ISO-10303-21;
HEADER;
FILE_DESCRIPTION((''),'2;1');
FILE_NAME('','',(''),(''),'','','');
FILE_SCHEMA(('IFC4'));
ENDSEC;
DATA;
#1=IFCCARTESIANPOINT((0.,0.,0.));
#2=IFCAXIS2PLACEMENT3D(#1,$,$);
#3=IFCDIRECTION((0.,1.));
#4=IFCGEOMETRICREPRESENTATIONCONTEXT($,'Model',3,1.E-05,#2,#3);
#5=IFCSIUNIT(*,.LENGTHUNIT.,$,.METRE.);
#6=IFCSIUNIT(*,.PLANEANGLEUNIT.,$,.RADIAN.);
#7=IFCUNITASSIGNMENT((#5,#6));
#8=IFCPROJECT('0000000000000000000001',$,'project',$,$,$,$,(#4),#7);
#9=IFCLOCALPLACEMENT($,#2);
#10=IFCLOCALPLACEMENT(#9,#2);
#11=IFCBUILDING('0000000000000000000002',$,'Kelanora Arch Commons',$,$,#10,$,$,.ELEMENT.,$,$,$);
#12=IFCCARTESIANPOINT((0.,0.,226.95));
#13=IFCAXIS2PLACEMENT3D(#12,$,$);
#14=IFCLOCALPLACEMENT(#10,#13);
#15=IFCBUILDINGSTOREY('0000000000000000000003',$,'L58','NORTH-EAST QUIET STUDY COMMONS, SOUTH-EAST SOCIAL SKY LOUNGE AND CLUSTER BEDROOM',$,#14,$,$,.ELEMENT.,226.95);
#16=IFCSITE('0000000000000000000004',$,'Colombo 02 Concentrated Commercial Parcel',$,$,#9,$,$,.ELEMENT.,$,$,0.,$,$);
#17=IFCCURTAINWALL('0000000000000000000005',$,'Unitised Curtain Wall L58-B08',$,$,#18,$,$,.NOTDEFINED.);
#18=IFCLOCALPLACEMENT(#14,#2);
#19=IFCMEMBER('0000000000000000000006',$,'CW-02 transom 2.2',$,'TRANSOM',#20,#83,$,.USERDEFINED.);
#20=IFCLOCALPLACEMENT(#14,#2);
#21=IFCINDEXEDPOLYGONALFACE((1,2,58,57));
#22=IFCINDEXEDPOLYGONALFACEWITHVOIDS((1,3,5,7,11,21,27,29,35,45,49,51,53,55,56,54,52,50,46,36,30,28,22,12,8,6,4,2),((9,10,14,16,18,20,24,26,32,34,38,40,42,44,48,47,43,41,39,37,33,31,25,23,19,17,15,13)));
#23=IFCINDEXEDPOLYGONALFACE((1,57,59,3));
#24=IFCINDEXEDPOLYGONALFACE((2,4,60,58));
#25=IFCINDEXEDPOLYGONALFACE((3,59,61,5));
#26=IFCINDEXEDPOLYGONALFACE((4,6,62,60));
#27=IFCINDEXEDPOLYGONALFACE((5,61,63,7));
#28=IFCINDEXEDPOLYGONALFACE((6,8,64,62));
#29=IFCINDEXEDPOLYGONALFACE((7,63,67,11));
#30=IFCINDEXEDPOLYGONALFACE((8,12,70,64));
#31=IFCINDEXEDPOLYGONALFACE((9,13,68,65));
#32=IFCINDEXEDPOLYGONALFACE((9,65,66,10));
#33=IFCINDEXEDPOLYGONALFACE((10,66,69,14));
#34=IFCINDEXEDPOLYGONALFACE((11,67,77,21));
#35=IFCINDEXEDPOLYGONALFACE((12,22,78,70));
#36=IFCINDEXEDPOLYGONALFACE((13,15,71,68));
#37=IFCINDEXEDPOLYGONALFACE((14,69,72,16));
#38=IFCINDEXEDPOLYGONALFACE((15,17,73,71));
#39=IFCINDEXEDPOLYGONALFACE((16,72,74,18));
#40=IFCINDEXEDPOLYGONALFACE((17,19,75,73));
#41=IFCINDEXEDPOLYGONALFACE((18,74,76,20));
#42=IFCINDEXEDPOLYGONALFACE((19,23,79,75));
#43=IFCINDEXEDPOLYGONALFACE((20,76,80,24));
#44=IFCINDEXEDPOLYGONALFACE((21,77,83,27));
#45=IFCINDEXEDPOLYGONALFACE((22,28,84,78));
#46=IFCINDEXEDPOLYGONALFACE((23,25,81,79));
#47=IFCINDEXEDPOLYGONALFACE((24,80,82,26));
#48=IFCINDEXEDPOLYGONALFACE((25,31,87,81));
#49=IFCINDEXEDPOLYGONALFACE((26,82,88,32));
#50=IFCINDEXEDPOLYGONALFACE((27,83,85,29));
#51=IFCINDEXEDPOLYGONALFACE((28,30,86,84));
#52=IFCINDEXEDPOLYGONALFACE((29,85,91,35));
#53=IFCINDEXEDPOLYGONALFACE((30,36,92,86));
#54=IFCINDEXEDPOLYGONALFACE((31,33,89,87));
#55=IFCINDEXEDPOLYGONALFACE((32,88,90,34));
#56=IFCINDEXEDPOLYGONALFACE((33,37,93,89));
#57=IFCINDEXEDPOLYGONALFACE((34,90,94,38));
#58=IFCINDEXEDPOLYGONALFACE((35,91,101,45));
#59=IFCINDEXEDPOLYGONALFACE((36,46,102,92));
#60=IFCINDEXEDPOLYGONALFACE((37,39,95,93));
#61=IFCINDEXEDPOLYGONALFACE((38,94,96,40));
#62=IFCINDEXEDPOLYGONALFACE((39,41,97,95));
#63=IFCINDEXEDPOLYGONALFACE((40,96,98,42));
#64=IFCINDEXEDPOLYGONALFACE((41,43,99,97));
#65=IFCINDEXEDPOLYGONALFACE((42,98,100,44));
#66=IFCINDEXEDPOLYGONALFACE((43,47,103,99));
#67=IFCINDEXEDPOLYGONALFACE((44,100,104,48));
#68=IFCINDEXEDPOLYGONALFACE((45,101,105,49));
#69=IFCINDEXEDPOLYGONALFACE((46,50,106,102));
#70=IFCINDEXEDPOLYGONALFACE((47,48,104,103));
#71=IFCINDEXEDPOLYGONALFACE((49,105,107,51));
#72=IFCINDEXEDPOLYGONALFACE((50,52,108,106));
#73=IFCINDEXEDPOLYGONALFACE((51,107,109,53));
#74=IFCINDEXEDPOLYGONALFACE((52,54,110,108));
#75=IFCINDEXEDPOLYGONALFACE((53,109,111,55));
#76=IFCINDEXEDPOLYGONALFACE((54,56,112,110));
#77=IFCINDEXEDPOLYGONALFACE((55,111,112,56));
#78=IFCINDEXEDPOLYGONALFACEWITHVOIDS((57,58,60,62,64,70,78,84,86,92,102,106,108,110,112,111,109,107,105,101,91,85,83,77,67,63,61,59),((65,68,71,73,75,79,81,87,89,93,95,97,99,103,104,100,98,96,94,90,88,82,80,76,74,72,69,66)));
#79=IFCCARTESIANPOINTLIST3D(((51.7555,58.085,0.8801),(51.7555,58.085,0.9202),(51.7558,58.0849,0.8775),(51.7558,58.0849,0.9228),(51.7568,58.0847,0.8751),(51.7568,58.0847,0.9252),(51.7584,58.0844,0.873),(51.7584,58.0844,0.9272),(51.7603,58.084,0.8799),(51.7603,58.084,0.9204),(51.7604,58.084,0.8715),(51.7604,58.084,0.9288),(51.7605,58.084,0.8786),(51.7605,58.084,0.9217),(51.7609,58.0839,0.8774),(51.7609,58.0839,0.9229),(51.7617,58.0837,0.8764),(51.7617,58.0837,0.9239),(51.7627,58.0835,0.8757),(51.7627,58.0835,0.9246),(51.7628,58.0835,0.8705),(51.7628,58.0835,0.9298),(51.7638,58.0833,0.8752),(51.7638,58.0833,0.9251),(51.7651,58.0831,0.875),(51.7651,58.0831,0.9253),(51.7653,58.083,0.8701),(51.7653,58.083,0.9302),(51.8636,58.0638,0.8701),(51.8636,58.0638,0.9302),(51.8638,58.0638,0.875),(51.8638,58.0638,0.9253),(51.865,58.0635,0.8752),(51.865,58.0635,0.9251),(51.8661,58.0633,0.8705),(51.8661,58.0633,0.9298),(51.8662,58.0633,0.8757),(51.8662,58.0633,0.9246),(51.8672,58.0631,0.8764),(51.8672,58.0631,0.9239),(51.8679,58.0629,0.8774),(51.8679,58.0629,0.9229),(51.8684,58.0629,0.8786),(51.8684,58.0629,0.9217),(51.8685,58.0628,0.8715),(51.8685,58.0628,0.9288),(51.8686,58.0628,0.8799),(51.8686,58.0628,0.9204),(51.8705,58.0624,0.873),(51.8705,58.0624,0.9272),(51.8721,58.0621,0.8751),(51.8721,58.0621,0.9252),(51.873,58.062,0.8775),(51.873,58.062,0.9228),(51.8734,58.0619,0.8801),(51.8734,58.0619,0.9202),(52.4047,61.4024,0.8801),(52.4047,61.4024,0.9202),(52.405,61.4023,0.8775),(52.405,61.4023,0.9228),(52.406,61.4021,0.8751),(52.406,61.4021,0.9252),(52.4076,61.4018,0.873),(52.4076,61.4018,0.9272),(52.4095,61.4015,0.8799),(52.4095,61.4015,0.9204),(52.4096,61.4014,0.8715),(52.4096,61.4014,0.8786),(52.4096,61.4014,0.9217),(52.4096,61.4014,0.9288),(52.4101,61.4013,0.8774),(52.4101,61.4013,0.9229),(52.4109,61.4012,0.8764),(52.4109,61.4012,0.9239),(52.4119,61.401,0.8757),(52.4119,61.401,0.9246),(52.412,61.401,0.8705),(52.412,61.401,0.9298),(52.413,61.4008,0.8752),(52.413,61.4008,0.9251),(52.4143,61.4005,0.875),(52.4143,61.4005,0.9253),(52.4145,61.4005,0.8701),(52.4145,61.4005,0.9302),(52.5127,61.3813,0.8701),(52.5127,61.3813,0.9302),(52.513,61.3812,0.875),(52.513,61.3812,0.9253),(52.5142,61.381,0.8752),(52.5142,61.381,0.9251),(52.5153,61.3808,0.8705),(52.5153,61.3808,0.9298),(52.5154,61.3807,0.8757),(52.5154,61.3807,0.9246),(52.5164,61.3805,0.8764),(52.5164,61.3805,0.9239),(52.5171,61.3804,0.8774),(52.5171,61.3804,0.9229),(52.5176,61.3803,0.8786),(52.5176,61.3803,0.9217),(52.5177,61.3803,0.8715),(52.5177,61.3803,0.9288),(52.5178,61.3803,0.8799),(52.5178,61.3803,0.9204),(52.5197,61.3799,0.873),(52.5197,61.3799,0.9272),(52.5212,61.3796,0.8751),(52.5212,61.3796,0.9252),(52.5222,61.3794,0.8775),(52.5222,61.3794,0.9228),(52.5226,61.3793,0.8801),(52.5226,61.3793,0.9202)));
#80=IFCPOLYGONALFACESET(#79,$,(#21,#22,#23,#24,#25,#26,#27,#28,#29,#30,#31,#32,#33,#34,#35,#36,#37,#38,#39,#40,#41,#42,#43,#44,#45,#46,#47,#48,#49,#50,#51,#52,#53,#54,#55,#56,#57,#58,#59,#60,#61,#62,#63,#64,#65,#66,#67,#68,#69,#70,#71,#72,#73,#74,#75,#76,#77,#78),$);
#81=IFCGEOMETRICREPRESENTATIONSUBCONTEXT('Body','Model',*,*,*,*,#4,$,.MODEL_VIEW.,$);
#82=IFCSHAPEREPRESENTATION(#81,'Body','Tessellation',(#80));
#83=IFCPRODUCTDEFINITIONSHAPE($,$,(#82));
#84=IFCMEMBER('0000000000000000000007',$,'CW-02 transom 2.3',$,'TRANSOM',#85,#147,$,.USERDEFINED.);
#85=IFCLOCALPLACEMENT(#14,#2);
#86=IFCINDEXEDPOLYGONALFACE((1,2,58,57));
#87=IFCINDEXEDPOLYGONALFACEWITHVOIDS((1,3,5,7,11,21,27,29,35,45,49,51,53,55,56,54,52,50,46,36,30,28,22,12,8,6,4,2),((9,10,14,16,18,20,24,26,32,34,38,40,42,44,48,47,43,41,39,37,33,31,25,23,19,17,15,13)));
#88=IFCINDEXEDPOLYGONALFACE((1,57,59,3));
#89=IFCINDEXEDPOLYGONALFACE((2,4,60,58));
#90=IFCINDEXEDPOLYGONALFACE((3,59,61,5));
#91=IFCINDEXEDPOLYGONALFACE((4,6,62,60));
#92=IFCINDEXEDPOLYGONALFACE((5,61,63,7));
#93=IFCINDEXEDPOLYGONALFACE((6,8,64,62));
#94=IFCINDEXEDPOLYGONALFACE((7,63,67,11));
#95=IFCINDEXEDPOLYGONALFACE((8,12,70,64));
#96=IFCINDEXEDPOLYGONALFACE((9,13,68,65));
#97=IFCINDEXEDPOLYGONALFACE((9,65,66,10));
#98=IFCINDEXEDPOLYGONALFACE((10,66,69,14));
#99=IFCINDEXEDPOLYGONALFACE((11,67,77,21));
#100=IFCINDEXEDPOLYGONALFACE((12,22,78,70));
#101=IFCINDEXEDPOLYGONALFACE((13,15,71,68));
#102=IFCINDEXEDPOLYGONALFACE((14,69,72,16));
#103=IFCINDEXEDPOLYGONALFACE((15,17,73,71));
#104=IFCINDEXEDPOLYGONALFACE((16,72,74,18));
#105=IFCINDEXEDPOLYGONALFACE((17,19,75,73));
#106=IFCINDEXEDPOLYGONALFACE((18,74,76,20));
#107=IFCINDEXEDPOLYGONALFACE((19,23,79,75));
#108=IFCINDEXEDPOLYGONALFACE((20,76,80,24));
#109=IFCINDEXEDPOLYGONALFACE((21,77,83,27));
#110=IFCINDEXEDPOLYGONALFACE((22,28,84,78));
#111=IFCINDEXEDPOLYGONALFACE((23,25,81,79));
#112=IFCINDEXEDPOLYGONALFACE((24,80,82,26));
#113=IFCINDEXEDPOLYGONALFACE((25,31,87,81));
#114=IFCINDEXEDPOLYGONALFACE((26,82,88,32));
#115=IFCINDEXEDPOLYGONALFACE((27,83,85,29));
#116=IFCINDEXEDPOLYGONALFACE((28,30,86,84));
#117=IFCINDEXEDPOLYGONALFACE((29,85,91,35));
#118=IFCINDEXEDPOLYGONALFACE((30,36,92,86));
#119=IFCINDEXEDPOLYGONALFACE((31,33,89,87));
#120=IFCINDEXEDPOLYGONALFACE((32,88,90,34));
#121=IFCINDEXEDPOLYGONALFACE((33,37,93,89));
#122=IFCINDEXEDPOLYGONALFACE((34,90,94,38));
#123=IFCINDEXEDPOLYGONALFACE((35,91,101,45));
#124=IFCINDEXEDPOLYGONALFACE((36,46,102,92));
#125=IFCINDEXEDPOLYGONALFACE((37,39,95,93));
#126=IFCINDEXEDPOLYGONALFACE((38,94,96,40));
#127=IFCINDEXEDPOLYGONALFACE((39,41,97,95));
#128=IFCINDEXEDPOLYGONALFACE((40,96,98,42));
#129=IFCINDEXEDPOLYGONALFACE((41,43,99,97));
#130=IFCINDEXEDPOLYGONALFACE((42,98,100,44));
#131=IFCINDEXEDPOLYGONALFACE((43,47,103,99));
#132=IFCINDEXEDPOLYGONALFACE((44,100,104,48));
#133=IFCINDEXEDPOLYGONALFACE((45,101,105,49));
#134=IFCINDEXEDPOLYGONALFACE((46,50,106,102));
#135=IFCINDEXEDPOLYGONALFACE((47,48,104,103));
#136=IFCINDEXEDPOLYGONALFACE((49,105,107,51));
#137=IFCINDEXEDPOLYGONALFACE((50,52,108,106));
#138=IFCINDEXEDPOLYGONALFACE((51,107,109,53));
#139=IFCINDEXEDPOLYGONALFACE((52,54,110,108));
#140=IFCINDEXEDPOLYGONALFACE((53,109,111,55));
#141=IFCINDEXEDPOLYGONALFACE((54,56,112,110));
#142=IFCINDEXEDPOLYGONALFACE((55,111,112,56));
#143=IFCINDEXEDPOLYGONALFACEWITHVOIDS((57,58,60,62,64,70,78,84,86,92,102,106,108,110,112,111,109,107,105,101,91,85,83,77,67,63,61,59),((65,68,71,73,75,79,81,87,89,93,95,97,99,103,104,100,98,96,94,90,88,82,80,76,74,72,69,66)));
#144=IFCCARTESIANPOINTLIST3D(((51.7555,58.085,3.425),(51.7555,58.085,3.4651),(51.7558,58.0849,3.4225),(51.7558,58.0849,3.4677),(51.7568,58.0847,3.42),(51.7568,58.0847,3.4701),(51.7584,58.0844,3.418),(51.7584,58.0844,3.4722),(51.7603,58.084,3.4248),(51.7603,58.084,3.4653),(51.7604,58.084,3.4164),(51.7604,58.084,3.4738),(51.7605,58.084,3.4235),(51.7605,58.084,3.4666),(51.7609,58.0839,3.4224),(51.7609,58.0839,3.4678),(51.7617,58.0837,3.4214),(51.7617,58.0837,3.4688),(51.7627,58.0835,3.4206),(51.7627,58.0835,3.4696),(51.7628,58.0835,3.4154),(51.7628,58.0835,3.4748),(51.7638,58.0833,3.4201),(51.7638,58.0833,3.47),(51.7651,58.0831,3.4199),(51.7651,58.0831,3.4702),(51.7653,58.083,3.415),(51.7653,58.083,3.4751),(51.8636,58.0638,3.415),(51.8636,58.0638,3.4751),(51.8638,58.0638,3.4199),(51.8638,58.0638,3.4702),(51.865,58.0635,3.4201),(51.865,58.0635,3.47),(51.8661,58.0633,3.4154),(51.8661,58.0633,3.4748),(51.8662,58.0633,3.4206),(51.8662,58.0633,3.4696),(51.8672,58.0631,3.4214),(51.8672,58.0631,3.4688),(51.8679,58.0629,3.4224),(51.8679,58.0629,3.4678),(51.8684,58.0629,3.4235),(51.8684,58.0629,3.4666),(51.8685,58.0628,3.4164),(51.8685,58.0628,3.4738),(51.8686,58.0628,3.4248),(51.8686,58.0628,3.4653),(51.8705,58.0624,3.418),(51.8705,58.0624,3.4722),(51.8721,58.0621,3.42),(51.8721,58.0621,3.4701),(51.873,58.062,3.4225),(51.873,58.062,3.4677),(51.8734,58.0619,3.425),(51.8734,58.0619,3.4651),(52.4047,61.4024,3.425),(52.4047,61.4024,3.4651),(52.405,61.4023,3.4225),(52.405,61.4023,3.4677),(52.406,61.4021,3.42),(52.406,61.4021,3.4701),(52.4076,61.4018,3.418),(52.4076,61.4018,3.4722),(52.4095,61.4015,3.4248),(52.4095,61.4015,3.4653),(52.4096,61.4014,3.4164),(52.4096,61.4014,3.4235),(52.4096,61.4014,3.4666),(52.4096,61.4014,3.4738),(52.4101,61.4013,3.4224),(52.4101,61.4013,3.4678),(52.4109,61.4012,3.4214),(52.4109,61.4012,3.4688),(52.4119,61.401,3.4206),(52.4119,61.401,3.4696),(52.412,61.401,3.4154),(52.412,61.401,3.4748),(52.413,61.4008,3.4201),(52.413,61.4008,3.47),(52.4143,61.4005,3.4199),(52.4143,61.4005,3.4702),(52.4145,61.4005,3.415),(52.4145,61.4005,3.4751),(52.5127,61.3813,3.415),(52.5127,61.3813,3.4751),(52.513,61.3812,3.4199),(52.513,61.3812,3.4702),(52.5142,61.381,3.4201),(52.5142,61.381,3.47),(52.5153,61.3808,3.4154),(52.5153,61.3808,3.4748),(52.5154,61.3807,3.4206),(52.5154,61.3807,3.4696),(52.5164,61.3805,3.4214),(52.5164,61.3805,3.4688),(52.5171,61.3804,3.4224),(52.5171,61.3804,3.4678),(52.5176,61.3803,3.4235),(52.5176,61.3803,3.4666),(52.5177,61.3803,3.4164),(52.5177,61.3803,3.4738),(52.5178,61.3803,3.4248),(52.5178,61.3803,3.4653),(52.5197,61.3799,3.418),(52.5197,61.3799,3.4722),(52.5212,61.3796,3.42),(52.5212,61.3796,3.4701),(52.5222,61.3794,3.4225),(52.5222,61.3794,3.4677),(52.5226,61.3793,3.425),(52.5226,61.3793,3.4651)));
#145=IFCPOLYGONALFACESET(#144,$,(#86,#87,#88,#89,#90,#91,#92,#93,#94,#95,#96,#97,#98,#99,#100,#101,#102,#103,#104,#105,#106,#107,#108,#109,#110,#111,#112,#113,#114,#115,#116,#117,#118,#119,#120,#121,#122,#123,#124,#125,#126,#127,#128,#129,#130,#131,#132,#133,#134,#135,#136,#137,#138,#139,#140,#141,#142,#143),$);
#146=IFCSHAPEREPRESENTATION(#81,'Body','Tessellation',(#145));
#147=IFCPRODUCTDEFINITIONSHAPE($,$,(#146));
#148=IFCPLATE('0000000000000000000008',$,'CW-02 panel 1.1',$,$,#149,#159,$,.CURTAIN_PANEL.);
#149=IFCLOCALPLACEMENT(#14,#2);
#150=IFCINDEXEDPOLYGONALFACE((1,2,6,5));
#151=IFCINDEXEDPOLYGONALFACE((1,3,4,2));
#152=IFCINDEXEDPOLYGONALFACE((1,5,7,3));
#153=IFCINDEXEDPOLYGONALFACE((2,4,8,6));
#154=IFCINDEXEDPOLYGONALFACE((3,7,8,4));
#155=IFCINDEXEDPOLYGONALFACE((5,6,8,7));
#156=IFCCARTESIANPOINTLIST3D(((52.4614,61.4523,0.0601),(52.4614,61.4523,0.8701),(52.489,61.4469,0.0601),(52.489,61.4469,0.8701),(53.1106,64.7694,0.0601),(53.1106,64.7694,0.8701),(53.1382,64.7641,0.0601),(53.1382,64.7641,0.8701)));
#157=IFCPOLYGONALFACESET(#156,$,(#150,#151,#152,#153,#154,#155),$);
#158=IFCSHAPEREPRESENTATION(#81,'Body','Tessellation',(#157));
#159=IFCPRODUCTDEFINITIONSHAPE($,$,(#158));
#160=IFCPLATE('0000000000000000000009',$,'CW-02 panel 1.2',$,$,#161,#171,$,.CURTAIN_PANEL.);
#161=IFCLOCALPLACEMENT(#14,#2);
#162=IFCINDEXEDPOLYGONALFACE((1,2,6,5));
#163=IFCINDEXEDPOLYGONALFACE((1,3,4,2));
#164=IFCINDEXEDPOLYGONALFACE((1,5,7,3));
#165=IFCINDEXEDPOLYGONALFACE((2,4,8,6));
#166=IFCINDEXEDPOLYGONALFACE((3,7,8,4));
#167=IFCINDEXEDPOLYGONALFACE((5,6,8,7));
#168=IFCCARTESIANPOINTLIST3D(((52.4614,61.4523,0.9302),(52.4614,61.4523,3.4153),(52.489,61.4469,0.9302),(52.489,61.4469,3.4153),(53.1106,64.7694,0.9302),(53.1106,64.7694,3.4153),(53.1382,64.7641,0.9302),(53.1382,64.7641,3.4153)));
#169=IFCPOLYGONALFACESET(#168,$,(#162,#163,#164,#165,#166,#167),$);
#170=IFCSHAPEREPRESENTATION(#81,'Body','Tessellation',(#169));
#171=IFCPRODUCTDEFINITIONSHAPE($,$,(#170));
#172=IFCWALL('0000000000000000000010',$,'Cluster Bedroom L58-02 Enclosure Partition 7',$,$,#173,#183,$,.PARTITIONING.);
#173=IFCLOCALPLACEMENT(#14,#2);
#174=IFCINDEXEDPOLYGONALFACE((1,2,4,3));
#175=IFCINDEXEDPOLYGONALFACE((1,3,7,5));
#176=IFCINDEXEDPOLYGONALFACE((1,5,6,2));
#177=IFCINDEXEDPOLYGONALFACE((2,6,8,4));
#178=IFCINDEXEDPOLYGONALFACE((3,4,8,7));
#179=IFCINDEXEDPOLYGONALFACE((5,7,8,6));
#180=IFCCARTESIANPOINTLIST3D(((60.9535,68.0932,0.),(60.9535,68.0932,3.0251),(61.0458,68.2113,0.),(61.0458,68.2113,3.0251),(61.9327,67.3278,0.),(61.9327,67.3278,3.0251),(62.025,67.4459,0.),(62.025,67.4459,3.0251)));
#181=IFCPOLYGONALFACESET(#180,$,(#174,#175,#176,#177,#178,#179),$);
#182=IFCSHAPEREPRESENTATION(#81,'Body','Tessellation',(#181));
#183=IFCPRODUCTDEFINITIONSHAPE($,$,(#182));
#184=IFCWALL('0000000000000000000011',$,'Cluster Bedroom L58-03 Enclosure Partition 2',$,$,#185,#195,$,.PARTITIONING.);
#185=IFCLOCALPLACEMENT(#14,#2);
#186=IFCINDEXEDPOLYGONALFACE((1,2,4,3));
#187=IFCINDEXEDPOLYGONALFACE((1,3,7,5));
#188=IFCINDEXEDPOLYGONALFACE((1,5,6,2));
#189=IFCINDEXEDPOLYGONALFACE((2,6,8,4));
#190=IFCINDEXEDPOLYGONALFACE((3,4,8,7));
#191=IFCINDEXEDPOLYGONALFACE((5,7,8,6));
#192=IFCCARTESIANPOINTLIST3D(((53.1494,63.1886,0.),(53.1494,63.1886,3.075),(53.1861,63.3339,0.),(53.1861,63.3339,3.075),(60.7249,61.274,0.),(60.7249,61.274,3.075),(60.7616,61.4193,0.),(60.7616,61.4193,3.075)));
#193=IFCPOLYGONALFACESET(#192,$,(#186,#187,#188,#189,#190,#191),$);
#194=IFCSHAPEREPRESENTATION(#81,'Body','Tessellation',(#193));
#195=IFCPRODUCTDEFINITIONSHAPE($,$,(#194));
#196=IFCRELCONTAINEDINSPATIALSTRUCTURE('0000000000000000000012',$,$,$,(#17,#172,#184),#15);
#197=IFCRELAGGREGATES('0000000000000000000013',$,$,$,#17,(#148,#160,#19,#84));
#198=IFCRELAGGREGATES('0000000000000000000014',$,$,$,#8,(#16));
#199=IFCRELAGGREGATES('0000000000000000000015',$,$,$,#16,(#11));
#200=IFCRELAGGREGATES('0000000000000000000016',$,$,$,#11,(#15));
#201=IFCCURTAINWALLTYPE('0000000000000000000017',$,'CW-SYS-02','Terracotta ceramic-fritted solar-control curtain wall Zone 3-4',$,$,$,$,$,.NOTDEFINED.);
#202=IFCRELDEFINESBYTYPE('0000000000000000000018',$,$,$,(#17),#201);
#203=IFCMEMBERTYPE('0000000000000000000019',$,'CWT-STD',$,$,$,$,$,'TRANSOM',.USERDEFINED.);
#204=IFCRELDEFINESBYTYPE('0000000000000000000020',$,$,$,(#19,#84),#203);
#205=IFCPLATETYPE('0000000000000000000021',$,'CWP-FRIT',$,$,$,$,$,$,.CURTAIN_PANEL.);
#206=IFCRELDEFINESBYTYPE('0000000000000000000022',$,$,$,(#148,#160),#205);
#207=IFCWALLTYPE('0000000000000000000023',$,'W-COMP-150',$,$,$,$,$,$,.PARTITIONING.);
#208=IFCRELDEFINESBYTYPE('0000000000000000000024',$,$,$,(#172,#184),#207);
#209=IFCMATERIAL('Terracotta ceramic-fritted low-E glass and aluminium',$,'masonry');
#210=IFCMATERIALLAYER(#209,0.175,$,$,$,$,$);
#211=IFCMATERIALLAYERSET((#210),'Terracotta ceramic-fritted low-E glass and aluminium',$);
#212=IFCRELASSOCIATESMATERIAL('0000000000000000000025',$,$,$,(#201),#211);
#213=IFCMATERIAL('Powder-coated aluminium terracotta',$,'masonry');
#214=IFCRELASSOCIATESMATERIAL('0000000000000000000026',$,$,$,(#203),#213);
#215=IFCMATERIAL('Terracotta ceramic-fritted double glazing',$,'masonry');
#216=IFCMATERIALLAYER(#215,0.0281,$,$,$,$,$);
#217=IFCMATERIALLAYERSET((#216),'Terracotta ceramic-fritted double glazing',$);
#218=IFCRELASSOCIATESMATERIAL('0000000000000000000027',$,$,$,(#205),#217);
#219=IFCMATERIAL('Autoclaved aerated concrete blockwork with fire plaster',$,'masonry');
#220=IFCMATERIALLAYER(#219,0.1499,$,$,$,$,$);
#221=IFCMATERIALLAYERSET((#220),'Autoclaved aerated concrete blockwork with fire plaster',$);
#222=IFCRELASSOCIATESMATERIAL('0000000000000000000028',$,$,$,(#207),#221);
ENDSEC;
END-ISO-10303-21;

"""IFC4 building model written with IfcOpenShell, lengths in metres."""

from ifc_helpers import new_model, si_unit, direction, frame, frame_2d, origin, origin_2d, place, context, subcontext, project, spatial, rectangle, hollow_rectangle, extrude, source, transform, mapped, material, layer, layer_set, material_profile, profile_set, type_object, element, aggregate, save


model = new_model("IFC4")

# Units and contexts
model_context = context("Model", 3, precision=1e-05, world=origin(), true_north=direction((0.0, 1.0)))
body_context = subcontext(model_context, "Body", "Model", "MODEL_VIEW")
ifc_project = project(units=[si_unit("LENGTHUNIT", "METRE"), si_unit("PLANEANGLEUNIT", "RADIAN")], contexts=[model_context])

# Site, building, storey
site_placement = place(None, origin())
site = spatial("IfcSite", under=ifc_project, at=site_placement, Name="Colombo 02 Concentrated Commercial Parcel", CompositionType="ELEMENT", RefElevation=0.0)
building_placement = place(site_placement, origin())
building = spatial("IfcBuilding", under=site, at=building_placement, Name="Kelanora Arch Commons", CompositionType="ELEMENT")
storey_placement = place(building_placement, frame((0.0, 0.0, 226.95)))
storey = spatial("IfcBuildingStorey", under=building, at=storey_placement, Name="L58", Description="NORTH-EAST QUIET STUDY COMMONS, SOUTH-EAST SOCIAL SKY LOUNGE AND CLUSTER BEDROOM", CompositionType="ELEMENT", Elevation=226.95)

# Curtain wall, members, plates
ifc_material_1 = material(Name="Terracotta ceramic-fritted low-E glass and aluminium", Category="masonry")
ifc_layer_1 = layer(ifc_material_1, 0.175)
ifc_layer_set_1 = layer_set([ifc_layer_1], Name="Terracotta ceramic-fritted low-E glass and aluminium")
curtain_wall_type = type_object("IfcCurtainWallType", Name="CW-SYS-02", Description="Terracotta ceramic-fritted solar-control curtain wall Zone 3-4", PredefinedType="NOTDEFINED", material=ifc_layer_set_1)
curtain_wall_placement = place(storey_placement, origin())
curtain_wall = element("IfcCurtainWall", 1, at=curtain_wall_placement, inside=storey, type_object=curtain_wall_type, Name="Unitised Curtain Wall L58-B08", PredefinedType="NOTDEFINED")
ifc_material_2 = material(Name="Powder-coated aluminium terracotta", Category="masonry")
ifc_material_profile_1 = material_profile(ifc_material_2, hollow_rectangle(XDim=0.1201, YDim=0.0601, WallThickness=0.0049, InnerFilletRadius=0.0049, OuterFilletRadius=0.01, at=origin_2d()), Name="CWT120x60")
ifc_profile_set_1 = profile_set([ifc_material_profile_1], Name="Powder-coated aluminium terracotta")
member_type_1 = type_object("IfcMemberType", Name="CWT-STD", ElementType="TRANSOM", PredefinedType="USERDEFINED", material=ifc_profile_set_1)
member_1_placement = place(storey_placement, frame((52.4636, 61.3909, 0.9001), z_axis=(-0.192045, -0.981386, 0.0), x_axis=(0.981386, -0.192045, 0.0)))
member_1 = element("IfcMember", 2, at=member_1_placement, type_object=member_type_1, Name="CW-02 transom 2.2", ObjectType="TRANSOM", PredefinedType="USERDEFINED", context=body_context, shape_type="SweptSolid", body=[
    extrude(hollow_rectangle(XDim=0.1201, YDim=0.0601, WallThickness=0.0049, InnerFilletRadius=0.0049, OuterFilletRadius=0.01, at=origin_2d()), origin(), (0.0, 0.0, 1.0), 3.3804),
])
member_2_placement = place(storey_placement, frame((52.4636, 61.3909, 3.4451), z_axis=(-0.192045, -0.981386, 0.0), x_axis=(0.981386, -0.192045, 0.0)))
member_2 = element("IfcMember", 3, at=member_2_placement, type_object=member_type_1, Name="CW-02 transom 2.3", ObjectType="TRANSOM", PredefinedType="USERDEFINED", context=body_context, shape_type="SweptSolid", body=[
    extrude(hollow_rectangle(XDim=0.1201, YDim=0.0601, WallThickness=0.0049, InnerFilletRadius=0.0049, OuterFilletRadius=0.01, at=origin_2d()), origin(), (0.0, 0.0, 1.0), 3.3804),
])
ifc_material_3 = material(Name="Terracotta ceramic-fritted double glazing", Category="masonry")
ifc_layer_2 = layer(ifc_material_3, 0.0281)
ifc_layer_set_2 = layer_set([ifc_layer_2], Name="Terracotta ceramic-fritted double glazing")
plate_type = type_object("IfcPlateType", Name="CWP-FRIT", PredefinedType="CURTAIN_PANEL", material=ifc_layer_set_2)
shared_shape_1 = source(origin(), body_context, "Body", "SweptSolid", [
    extrude(rectangle(XDim=3.3801, YDim=0.0281, at=origin_2d()), origin(), (0.0, 0.0, 1.0), 0.8101),
])
plate_1_placement = place(storey_placement, frame((52.7998, 63.1082, 0.0601), z_axis=(0.0, 0.0, 1.0), x_axis=(-0.192069, -0.981381, 0.0)))
plate_1 = element("IfcPlate", 4, at=plate_1_placement, type_object=plate_type, Name="CW-02 panel 1.1", PredefinedType="CURTAIN_PANEL", context=body_context, shape_type="MappedRepresentation", body=[
    mapped(shared_shape_1, transform((0.0, 0.0, 0.0), scale=1.0)),
])
shared_shape_2 = source(origin(), body_context, "Body", "SweptSolid", [
    extrude(rectangle(XDim=3.3801, YDim=0.0281, at=origin_2d()), origin(), (0.0, 0.0, 1.0), 2.4851),
])
plate_2_placement = place(storey_placement, frame((52.7998, 63.1082, 0.9302), z_axis=(0.0, 0.0, 1.0), x_axis=(-0.192069, -0.981381, 0.0)))
plate_2 = element("IfcPlate", 5, at=plate_2_placement, type_object=plate_type, Name="CW-02 panel 1.2", PredefinedType="CURTAIN_PANEL", context=body_context, shape_type="MappedRepresentation", body=[
    mapped(shared_shape_2, transform((0.0, 0.0, 0.0), scale=1.0)),
])
aggregate(curtain_wall, [plate_1, plate_2, member_1, member_2])

# Walls
ifc_material_4 = material(Name="Autoclaved aerated concrete blockwork with fire plaster", Category="masonry")
ifc_layer_3 = layer(ifc_material_4, 0.1499)
ifc_layer_set_3 = layer_set([ifc_layer_3], Name="Autoclaved aerated concrete blockwork with fire plaster")
wall_type_1 = type_object("IfcWallType", Name="W-COMP-150", PredefinedType="PARTITIONING", material=ifc_layer_set_3)
wall_1_placement = place(storey_placement, frame((60.9995, 68.1523, 0.0), z_axis=(0.0, 0.0, 1.0), x_axis=(0.78789, -0.615816, 0.0)))
element("IfcWall", 6, at=wall_1_placement, inside=storey, type_object=wall_type_1, Name="Cluster Bedroom L58-02 Enclosure Partition 7", PredefinedType="PARTITIONING", context=body_context, shape_type="SweptSolid", body=[
    extrude(rectangle(XDim=1.2429, YDim=0.1499, at=frame_2d((0.6216, 0.0))), origin(), (0.0, 0.0, 1.0), 3.0251),
])
wall_2_placement = place(storey_placement, frame((60.7432, 61.3467, 0.0), z_axis=(0.0, 0.0, 1.0), x_axis=(-0.969516, 0.245027, 0.0)))
element("IfcWall", 7, at=wall_2_placement, inside=storey, type_object=wall_type_1, Name="Cluster Bedroom L58-03 Enclosure Partition 2", PredefinedType="PARTITIONING", context=body_context, shape_type="SweptSolid", body=[
    extrude(rectangle(XDim=7.8137, YDim=0.1499, at=frame_2d((3.9067, 0.0))), origin(), (0.0, 0.0, 1.0), 3.075),
])

save(model, "model.ifc")
